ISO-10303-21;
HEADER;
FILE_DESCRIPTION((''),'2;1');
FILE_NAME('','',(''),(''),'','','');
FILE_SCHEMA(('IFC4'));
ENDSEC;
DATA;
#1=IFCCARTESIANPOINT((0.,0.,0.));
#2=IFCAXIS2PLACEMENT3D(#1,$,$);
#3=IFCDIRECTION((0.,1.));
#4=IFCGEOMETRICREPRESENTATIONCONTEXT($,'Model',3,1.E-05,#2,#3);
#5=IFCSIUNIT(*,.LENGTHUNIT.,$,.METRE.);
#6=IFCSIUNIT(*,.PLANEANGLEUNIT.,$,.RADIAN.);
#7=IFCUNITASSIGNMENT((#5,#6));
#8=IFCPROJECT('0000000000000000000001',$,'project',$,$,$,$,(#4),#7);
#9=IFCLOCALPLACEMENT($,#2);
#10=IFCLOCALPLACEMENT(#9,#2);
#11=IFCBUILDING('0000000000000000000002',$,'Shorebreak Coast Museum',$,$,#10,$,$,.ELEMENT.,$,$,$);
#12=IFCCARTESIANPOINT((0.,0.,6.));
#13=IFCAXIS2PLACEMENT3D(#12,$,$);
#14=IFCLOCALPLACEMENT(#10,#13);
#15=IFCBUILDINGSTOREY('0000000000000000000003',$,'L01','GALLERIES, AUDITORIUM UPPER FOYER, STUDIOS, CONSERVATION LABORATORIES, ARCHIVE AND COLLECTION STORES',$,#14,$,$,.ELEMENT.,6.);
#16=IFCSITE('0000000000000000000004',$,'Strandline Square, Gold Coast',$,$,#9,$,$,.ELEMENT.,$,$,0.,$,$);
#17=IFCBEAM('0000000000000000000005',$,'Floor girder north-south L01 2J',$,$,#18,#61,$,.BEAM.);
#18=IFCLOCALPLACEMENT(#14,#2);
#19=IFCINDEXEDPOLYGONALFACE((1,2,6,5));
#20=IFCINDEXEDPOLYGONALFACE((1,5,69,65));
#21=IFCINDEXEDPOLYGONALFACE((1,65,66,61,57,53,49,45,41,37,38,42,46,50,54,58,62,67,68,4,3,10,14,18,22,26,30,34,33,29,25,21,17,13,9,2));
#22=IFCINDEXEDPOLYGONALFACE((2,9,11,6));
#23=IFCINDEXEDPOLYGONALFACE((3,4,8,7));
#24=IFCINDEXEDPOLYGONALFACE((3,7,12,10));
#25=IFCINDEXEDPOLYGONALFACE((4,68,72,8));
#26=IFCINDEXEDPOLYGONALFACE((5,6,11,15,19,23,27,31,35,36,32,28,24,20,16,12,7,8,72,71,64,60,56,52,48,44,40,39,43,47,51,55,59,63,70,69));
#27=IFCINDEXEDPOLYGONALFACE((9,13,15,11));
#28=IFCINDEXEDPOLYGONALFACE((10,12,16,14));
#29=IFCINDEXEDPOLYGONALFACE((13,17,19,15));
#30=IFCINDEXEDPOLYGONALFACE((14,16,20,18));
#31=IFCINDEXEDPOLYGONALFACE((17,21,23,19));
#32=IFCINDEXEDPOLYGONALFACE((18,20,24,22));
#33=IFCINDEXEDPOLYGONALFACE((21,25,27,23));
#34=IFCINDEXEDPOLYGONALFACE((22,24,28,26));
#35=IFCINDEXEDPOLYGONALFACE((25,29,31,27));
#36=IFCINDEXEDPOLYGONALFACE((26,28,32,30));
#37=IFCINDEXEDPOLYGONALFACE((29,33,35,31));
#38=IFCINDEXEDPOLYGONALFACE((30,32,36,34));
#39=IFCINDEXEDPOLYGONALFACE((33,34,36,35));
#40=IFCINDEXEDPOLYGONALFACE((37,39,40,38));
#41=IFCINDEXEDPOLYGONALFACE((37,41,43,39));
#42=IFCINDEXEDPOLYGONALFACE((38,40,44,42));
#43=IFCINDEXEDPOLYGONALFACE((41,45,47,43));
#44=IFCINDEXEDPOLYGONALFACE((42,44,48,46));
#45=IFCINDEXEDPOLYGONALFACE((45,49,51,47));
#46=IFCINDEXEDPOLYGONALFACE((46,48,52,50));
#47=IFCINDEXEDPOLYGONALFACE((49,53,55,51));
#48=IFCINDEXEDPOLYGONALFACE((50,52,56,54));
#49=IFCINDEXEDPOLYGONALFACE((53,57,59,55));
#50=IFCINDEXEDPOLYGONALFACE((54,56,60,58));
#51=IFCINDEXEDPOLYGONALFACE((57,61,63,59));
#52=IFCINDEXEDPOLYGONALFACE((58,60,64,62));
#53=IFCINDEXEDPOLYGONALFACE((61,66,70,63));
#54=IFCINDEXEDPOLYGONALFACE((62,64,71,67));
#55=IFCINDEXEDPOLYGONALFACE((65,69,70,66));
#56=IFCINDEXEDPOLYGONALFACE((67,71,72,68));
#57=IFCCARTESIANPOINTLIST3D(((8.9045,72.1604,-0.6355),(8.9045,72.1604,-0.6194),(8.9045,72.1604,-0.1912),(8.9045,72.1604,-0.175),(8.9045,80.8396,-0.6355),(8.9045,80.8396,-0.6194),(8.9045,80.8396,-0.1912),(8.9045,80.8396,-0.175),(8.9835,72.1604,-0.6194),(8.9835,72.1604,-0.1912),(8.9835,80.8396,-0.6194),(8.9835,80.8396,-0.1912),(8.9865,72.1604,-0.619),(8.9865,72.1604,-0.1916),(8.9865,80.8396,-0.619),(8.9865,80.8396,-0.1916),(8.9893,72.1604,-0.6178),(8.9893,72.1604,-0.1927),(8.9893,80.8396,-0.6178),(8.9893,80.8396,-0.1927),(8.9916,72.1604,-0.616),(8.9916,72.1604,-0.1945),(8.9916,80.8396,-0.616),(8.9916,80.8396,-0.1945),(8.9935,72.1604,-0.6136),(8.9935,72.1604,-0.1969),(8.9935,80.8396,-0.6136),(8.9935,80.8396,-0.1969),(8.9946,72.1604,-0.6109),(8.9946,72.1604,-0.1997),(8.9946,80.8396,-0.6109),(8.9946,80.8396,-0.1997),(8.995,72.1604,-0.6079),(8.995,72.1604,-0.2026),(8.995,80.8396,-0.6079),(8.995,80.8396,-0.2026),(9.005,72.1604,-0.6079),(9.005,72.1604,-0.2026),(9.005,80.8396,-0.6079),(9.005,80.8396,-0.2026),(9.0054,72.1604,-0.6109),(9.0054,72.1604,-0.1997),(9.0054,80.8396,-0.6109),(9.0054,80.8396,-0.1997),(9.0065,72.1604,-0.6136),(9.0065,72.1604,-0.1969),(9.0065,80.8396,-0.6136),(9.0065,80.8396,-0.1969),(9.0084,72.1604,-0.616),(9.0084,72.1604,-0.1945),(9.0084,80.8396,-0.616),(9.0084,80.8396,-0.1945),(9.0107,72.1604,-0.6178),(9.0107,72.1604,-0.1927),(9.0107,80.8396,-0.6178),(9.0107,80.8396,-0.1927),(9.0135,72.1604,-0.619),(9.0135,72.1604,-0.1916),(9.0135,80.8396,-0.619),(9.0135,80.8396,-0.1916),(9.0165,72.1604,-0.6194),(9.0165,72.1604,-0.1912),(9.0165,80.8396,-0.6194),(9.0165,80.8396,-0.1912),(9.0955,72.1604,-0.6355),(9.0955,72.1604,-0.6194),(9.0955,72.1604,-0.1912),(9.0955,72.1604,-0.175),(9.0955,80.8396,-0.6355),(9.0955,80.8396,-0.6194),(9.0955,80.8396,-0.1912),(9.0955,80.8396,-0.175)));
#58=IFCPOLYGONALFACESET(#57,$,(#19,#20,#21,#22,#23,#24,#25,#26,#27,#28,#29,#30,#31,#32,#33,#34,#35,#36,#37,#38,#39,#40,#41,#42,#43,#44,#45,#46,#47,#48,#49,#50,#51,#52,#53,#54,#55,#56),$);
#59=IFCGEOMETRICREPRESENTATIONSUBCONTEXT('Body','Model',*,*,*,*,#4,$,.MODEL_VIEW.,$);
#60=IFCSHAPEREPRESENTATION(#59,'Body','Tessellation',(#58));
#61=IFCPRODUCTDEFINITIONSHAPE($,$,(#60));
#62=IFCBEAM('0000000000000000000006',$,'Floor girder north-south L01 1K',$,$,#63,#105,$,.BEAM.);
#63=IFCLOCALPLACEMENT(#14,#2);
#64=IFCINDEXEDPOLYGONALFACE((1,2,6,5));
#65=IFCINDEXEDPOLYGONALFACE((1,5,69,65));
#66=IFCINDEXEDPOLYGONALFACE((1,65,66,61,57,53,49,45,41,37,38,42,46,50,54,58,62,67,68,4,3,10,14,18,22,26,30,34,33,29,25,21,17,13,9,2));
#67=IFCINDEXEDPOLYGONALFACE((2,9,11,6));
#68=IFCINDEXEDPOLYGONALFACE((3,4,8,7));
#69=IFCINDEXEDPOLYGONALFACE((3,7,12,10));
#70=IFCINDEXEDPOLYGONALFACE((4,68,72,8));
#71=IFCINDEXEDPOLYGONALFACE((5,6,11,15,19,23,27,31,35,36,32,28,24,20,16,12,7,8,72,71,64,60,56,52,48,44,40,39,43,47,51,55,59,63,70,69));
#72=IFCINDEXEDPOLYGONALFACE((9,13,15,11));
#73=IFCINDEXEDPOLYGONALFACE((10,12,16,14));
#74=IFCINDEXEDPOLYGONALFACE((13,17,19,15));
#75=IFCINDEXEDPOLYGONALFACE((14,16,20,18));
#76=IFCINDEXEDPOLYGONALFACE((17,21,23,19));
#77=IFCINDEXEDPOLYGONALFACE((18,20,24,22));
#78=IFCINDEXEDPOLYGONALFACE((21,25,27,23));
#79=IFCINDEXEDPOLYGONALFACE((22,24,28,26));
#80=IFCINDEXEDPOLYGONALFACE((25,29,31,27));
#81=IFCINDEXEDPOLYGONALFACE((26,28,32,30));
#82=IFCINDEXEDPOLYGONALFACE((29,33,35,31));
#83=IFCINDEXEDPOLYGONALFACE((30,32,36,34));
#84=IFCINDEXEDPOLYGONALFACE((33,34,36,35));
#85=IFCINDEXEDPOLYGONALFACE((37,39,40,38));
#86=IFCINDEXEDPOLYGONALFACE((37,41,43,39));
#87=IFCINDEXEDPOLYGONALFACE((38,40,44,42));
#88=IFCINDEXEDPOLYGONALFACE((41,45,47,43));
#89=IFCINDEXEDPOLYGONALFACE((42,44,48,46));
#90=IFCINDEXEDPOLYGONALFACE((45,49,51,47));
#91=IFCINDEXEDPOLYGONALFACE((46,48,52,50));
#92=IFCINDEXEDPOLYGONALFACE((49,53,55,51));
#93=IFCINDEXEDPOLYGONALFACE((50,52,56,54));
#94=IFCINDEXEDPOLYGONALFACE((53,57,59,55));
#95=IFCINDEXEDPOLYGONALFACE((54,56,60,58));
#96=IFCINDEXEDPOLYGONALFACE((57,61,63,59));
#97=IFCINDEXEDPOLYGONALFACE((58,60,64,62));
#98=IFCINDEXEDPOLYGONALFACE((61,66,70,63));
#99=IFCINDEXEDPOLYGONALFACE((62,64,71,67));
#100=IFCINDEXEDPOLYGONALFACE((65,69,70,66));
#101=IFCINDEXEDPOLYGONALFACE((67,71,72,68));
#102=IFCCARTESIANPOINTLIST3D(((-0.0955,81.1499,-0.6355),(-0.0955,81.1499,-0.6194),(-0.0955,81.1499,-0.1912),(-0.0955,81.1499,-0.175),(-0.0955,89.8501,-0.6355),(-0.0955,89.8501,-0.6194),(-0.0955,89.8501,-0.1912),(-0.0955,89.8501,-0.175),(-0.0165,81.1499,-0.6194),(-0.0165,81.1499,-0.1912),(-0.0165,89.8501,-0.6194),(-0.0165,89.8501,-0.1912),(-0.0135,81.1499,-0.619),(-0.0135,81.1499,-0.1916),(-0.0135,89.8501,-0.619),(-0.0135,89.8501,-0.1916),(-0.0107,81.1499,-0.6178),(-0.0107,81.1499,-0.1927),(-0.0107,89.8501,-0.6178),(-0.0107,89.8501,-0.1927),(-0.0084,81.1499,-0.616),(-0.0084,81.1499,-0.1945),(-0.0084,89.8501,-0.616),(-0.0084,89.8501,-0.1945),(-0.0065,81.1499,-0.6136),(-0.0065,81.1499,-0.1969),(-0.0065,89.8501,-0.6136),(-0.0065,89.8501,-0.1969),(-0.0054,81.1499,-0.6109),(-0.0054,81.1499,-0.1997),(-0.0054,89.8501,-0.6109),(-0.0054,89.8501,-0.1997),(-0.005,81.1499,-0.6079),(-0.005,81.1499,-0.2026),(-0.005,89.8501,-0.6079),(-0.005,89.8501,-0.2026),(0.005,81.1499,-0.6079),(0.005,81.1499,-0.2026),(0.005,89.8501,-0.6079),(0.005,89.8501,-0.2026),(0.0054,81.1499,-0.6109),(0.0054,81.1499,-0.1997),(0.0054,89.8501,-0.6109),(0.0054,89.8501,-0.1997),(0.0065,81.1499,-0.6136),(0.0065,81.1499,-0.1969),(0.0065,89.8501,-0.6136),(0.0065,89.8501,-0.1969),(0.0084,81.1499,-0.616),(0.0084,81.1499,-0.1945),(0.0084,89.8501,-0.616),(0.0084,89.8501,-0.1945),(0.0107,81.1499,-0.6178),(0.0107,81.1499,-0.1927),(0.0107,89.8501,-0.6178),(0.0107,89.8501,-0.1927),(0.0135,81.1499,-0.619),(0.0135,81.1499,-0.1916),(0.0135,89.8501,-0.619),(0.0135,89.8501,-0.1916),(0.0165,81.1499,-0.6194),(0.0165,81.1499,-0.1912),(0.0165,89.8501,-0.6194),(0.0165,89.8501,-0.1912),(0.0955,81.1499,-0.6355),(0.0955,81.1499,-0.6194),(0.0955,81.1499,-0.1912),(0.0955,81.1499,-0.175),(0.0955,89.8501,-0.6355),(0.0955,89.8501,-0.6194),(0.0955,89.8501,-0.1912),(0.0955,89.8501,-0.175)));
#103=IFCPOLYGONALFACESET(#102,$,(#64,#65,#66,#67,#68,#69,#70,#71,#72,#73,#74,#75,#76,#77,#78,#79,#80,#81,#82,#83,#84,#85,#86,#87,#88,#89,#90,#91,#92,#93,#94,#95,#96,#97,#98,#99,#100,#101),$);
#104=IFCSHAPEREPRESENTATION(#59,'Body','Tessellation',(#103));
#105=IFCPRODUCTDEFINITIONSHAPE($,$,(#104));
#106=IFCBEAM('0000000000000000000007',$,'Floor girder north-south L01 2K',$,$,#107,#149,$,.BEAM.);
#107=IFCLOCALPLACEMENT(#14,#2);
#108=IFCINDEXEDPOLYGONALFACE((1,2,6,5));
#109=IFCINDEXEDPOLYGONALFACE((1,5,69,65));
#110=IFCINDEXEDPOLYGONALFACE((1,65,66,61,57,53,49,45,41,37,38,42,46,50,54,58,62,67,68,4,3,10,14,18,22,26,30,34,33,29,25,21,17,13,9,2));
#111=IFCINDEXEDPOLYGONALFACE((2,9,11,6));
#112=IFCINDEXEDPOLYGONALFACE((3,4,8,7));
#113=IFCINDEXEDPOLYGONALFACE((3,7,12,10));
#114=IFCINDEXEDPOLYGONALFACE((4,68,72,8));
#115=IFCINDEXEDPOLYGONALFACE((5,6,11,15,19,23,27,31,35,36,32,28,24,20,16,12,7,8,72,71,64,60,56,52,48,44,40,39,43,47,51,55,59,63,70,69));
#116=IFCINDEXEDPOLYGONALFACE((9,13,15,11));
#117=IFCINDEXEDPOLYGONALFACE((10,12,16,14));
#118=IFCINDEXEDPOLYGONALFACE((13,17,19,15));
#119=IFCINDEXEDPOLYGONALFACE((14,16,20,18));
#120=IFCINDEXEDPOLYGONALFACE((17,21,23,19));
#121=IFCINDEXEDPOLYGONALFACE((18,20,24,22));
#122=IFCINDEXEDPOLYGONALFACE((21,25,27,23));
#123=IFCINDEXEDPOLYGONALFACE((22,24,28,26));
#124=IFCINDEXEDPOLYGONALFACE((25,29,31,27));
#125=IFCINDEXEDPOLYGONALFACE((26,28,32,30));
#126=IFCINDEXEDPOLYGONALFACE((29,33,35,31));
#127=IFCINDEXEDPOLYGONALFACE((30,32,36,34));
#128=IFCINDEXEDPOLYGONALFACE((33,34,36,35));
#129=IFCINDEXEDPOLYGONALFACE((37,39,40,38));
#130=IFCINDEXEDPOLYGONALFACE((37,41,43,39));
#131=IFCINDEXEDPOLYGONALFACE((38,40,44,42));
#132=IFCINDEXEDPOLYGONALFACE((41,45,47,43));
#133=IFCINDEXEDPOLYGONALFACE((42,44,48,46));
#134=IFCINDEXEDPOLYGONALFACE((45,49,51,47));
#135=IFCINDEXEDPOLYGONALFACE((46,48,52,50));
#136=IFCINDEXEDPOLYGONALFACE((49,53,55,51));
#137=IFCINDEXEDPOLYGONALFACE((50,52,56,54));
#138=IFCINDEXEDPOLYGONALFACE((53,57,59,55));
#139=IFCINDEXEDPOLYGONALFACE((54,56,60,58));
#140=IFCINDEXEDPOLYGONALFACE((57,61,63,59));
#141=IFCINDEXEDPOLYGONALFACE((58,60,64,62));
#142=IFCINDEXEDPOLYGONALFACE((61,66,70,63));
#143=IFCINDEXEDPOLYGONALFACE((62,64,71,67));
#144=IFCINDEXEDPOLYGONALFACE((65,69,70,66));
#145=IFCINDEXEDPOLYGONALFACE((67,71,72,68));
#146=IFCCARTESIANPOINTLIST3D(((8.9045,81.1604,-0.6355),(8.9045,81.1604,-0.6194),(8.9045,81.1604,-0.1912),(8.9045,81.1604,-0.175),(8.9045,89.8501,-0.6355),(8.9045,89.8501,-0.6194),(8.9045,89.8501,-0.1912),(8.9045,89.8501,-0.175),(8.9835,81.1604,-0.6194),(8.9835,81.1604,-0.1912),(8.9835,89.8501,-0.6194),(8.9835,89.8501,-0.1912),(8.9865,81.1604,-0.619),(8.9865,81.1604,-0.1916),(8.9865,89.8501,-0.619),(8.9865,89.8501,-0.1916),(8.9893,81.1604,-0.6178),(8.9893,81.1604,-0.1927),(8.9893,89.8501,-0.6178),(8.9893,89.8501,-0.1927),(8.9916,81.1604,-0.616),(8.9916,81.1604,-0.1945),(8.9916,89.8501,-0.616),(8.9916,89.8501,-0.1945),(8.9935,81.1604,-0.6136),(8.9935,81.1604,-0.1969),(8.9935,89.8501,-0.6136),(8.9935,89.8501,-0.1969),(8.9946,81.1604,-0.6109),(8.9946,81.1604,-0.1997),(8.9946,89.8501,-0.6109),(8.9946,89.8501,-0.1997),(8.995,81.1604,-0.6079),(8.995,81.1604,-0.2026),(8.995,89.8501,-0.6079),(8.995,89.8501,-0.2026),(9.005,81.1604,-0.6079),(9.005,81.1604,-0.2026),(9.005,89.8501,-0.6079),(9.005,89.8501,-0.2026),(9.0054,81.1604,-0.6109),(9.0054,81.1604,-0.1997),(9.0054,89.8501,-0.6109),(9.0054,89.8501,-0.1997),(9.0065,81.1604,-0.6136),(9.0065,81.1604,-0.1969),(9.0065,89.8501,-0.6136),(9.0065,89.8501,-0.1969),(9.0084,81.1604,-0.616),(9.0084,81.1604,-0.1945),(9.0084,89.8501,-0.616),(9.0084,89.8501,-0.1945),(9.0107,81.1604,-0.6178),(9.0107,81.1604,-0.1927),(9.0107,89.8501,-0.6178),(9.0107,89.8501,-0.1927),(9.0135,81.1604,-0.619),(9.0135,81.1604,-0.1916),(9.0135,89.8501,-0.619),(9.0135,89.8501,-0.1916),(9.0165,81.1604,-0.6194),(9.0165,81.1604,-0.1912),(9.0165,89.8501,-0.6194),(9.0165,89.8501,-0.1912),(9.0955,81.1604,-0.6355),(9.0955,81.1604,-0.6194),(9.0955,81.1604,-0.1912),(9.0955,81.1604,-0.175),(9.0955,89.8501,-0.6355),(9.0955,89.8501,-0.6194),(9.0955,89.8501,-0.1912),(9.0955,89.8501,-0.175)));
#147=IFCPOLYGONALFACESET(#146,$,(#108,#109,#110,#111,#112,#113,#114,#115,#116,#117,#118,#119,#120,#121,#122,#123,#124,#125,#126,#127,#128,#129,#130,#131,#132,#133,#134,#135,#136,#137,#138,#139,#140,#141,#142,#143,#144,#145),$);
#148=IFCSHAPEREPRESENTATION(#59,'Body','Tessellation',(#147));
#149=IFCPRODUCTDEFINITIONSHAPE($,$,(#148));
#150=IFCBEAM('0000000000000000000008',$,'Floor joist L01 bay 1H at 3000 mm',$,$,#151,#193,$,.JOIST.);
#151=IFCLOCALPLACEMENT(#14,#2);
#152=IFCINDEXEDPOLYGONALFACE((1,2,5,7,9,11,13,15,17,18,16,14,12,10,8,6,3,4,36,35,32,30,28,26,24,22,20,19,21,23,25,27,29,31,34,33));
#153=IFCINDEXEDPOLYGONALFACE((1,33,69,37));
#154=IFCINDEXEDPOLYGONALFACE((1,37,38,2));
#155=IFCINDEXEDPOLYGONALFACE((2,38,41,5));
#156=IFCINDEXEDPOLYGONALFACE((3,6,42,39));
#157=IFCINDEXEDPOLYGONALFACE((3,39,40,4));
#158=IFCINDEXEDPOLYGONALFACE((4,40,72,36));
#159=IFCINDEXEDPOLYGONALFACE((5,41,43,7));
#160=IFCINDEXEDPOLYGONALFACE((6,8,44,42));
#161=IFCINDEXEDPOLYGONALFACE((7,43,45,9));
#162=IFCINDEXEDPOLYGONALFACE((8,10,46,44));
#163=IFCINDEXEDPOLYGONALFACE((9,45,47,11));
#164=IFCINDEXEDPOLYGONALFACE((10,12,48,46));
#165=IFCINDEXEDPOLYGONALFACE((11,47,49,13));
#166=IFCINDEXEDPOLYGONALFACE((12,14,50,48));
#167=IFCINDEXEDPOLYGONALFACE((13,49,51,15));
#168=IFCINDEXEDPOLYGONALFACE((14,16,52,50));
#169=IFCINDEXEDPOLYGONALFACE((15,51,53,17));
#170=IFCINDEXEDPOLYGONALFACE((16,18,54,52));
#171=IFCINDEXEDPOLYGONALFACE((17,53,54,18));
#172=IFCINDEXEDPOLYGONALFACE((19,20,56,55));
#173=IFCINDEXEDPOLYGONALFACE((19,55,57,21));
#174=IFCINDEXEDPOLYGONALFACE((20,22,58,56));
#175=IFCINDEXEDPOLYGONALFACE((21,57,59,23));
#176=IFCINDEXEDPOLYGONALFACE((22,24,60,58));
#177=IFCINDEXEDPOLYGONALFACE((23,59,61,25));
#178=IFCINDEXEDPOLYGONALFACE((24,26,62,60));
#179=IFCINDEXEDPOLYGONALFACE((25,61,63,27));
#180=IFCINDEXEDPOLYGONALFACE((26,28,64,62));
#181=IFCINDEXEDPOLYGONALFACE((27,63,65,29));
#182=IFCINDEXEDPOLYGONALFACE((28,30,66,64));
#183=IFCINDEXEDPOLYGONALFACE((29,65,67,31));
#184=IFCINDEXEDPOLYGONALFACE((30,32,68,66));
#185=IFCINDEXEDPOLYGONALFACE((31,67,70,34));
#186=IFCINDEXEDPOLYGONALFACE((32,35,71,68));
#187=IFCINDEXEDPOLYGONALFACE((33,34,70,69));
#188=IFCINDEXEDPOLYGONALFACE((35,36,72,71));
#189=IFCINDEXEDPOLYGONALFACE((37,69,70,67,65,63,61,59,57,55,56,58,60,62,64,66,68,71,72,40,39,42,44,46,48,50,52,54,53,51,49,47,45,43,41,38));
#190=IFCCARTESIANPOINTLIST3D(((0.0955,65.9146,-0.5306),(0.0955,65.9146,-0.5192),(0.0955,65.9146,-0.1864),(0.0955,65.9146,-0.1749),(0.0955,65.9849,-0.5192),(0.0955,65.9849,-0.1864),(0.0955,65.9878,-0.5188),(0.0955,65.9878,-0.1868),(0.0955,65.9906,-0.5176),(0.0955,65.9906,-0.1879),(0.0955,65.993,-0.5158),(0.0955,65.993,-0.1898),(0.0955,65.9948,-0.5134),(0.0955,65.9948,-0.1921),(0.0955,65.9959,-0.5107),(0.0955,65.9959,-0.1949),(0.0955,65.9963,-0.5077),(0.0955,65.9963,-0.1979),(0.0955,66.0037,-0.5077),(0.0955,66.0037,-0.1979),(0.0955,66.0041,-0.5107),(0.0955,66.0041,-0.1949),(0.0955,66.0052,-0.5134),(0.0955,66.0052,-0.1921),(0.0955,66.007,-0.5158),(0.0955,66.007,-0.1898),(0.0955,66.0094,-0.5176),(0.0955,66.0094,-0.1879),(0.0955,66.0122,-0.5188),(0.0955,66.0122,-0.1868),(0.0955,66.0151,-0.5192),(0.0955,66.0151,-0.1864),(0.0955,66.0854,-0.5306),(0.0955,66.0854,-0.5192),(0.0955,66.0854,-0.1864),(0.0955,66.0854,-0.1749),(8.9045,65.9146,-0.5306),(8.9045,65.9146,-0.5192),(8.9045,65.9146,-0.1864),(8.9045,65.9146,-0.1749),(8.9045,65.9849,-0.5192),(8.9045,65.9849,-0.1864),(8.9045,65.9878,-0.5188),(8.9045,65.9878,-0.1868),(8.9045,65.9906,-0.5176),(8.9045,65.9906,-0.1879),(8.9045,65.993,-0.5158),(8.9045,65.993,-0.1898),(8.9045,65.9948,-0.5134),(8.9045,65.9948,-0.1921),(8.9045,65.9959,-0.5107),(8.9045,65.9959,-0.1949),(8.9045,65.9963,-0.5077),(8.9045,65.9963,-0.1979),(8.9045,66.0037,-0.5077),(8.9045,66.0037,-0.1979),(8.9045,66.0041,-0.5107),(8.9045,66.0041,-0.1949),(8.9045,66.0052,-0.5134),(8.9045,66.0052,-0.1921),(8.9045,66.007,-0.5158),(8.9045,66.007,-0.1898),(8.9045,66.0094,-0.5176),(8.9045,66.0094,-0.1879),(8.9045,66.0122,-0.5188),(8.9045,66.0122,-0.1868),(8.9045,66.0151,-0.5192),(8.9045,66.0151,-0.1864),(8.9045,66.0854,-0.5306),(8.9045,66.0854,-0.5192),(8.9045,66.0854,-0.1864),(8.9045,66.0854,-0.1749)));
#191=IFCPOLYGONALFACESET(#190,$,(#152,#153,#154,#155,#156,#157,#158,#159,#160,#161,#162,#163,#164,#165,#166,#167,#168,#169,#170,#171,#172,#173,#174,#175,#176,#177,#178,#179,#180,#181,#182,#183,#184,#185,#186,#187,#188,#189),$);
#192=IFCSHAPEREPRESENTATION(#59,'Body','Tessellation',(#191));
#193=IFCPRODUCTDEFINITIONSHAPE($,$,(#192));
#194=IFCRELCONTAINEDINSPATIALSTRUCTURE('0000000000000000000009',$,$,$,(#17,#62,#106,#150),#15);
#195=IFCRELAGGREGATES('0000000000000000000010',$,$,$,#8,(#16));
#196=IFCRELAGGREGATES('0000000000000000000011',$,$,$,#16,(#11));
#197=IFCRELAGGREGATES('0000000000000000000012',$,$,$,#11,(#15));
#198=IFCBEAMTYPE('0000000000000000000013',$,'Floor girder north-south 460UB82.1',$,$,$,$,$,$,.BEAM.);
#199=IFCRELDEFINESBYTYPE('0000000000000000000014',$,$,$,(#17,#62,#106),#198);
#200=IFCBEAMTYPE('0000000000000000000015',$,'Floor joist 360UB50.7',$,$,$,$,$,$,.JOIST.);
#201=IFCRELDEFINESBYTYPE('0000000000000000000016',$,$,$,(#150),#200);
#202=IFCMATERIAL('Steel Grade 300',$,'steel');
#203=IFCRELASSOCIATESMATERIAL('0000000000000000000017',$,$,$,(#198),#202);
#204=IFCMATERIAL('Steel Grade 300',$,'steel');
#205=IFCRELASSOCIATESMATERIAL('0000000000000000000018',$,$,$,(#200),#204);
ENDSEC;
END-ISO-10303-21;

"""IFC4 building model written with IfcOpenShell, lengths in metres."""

from ifc_helpers import new_model, si_unit, direction, frame, origin, origin_2d, place, context, subcontext, project, spatial, i_section, extrude, material, material_profile, profile_set, type_object, element, save


model = new_model("IFC4")

# Units and contexts
model_context = context("Model", 3, precision=1e-05, world=origin(), true_north=direction((0.0, 1.0)))
body_context = subcontext(model_context, "Body", "Model", "MODEL_VIEW")
ifc_project = project(units=[si_unit("LENGTHUNIT", "METRE"), si_unit("PLANEANGLEUNIT", "RADIAN")], contexts=[model_context])

# Site, building, storey
site_placement = place(None, origin())
site = spatial("IfcSite", under=ifc_project, at=site_placement, Name="Strandline Square, Gold Coast", CompositionType="ELEMENT", RefElevation=0.0)
building_placement = place(site_placement, origin())
building = spatial("IfcBuilding", under=site, at=building_placement, Name="Shorebreak Coast Museum", CompositionType="ELEMENT")
storey_placement = place(building_placement, frame((0.0, 0.0, 6.0)))
storey = spatial("IfcBuildingStorey", under=building, at=storey_placement, Name="L01", Description="GALLERIES, AUDITORIUM UPPER FOYER, STUDIOS, CONSERVATION LABORATORIES, ARCHIVE AND COLLECTION STORES", CompositionType="ELEMENT", Elevation=6.0)

# Beams
ifc_material_1 = material(Name="Steel Grade 300", Category="steel")
ifc_material_profile_1 = material_profile(ifc_material_1, i_section(OverallWidth=0.1909, OverallDepth=0.4604, WebThickness=0.01, FlangeThickness=0.0161, FilletRadius=0.0115, at=origin_2d()), Name="460UB82.1")
ifc_profile_set_1 = profile_set([ifc_material_profile_1], Name="Steel Grade 300")
beam_type_1 = type_object("IfcBeamType", Name="Floor girder north-south 460UB82.1", PredefinedType="BEAM", material=ifc_profile_set_1)
beam_1_placement = place(storey_placement, frame((9.0, 72.1604, -0.4053), z_axis=(0.0, 1.0, 0.0), x_axis=(-1.0, 0.0, 0.0)))
element("IfcBeam", 1, at=beam_1_placement, inside=storey, type_object=beam_type_1, Name="Floor girder north-south L01 2J", PredefinedType="BEAM", context=body_context, shape_type="SweptSolid", body=[
    extrude(i_section(OverallWidth=0.1909, OverallDepth=0.4604, WebThickness=0.01, FlangeThickness=0.0161, FilletRadius=0.0115, at=origin_2d()), origin(), (0.0, 0.0, 1.0), 8.6792),
])
beam_2_placement = place(storey_placement, frame((0.0, 81.1499, -0.4053), z_axis=(0.0, 1.0, 0.0), x_axis=(-1.0, 0.0, 0.0)))
element("IfcBeam", 2, at=beam_2_placement, inside=storey, type_object=beam_type_1, Name="Floor girder north-south L01 1K", PredefinedType="BEAM", context=body_context, shape_type="SweptSolid", body=[
    extrude(i_section(OverallWidth=0.1909, OverallDepth=0.4604, WebThickness=0.01, FlangeThickness=0.0161, FilletRadius=0.0115, at=origin_2d()), origin(), (0.0, 0.0, 1.0), 8.7002),
])
beam_3_placement = place(storey_placement, frame((9.0, 81.1604, -0.4053), z_axis=(0.0, 1.0, 0.0), x_axis=(-1.0, 0.0, 0.0)))
element("IfcBeam", 3, at=beam_3_placement, inside=storey, type_object=beam_type_1, Name="Floor girder north-south L01 2K", PredefinedType="BEAM", context=body_context, shape_type="SweptSolid", body=[
    extrude(i_section(OverallWidth=0.1909, OverallDepth=0.4604, WebThickness=0.01, FlangeThickness=0.0161, FilletRadius=0.0115, at=origin_2d()), origin(), (0.0, 0.0, 1.0), 8.6897),
])
ifc_material_2 = material(Name="Steel Grade 300", Category="steel")
ifc_material_profile_2 = material_profile(ifc_material_2, i_section(OverallWidth=0.1709, OverallDepth=0.3557, WebThickness=0.0073, FlangeThickness=0.0115, FilletRadius=0.0115, at=origin_2d()), Name="360UB50.7")
ifc_profile_set_2 = profile_set([ifc_material_profile_2], Name="Steel Grade 300")
beam_type_2 = type_object("IfcBeamType", Name="Floor joist 360UB50.7", PredefinedType="JOIST", material=ifc_profile_set_2)
for number, where, z_axis, x_axis, name in (
    (4, (0.0955, 66.0, -0.3528), (1.0, 0.0, 0.0), (0.0, 1.0, 0.0), "Floor joist L01 bay 1H at 3000 mm"),
):
    element("IfcBeam", number, at=place(storey_placement, frame(where, z_axis=z_axis, x_axis=x_axis)), inside=storey, type_object=beam_type_2, Name=name, PredefinedType="JOIST", context=body_context, shape_type="SweptSolid", body=[
        extrude(i_section(OverallWidth=0.1709, OverallDepth=0.3557, WebThickness=0.0073, FlangeThickness=0.0115, FilletRadius=0.0115, at=origin_2d()), origin(), (0.0, 0.0, 1.0), 8.8091),
    ])

save(model, "model.ifc")
